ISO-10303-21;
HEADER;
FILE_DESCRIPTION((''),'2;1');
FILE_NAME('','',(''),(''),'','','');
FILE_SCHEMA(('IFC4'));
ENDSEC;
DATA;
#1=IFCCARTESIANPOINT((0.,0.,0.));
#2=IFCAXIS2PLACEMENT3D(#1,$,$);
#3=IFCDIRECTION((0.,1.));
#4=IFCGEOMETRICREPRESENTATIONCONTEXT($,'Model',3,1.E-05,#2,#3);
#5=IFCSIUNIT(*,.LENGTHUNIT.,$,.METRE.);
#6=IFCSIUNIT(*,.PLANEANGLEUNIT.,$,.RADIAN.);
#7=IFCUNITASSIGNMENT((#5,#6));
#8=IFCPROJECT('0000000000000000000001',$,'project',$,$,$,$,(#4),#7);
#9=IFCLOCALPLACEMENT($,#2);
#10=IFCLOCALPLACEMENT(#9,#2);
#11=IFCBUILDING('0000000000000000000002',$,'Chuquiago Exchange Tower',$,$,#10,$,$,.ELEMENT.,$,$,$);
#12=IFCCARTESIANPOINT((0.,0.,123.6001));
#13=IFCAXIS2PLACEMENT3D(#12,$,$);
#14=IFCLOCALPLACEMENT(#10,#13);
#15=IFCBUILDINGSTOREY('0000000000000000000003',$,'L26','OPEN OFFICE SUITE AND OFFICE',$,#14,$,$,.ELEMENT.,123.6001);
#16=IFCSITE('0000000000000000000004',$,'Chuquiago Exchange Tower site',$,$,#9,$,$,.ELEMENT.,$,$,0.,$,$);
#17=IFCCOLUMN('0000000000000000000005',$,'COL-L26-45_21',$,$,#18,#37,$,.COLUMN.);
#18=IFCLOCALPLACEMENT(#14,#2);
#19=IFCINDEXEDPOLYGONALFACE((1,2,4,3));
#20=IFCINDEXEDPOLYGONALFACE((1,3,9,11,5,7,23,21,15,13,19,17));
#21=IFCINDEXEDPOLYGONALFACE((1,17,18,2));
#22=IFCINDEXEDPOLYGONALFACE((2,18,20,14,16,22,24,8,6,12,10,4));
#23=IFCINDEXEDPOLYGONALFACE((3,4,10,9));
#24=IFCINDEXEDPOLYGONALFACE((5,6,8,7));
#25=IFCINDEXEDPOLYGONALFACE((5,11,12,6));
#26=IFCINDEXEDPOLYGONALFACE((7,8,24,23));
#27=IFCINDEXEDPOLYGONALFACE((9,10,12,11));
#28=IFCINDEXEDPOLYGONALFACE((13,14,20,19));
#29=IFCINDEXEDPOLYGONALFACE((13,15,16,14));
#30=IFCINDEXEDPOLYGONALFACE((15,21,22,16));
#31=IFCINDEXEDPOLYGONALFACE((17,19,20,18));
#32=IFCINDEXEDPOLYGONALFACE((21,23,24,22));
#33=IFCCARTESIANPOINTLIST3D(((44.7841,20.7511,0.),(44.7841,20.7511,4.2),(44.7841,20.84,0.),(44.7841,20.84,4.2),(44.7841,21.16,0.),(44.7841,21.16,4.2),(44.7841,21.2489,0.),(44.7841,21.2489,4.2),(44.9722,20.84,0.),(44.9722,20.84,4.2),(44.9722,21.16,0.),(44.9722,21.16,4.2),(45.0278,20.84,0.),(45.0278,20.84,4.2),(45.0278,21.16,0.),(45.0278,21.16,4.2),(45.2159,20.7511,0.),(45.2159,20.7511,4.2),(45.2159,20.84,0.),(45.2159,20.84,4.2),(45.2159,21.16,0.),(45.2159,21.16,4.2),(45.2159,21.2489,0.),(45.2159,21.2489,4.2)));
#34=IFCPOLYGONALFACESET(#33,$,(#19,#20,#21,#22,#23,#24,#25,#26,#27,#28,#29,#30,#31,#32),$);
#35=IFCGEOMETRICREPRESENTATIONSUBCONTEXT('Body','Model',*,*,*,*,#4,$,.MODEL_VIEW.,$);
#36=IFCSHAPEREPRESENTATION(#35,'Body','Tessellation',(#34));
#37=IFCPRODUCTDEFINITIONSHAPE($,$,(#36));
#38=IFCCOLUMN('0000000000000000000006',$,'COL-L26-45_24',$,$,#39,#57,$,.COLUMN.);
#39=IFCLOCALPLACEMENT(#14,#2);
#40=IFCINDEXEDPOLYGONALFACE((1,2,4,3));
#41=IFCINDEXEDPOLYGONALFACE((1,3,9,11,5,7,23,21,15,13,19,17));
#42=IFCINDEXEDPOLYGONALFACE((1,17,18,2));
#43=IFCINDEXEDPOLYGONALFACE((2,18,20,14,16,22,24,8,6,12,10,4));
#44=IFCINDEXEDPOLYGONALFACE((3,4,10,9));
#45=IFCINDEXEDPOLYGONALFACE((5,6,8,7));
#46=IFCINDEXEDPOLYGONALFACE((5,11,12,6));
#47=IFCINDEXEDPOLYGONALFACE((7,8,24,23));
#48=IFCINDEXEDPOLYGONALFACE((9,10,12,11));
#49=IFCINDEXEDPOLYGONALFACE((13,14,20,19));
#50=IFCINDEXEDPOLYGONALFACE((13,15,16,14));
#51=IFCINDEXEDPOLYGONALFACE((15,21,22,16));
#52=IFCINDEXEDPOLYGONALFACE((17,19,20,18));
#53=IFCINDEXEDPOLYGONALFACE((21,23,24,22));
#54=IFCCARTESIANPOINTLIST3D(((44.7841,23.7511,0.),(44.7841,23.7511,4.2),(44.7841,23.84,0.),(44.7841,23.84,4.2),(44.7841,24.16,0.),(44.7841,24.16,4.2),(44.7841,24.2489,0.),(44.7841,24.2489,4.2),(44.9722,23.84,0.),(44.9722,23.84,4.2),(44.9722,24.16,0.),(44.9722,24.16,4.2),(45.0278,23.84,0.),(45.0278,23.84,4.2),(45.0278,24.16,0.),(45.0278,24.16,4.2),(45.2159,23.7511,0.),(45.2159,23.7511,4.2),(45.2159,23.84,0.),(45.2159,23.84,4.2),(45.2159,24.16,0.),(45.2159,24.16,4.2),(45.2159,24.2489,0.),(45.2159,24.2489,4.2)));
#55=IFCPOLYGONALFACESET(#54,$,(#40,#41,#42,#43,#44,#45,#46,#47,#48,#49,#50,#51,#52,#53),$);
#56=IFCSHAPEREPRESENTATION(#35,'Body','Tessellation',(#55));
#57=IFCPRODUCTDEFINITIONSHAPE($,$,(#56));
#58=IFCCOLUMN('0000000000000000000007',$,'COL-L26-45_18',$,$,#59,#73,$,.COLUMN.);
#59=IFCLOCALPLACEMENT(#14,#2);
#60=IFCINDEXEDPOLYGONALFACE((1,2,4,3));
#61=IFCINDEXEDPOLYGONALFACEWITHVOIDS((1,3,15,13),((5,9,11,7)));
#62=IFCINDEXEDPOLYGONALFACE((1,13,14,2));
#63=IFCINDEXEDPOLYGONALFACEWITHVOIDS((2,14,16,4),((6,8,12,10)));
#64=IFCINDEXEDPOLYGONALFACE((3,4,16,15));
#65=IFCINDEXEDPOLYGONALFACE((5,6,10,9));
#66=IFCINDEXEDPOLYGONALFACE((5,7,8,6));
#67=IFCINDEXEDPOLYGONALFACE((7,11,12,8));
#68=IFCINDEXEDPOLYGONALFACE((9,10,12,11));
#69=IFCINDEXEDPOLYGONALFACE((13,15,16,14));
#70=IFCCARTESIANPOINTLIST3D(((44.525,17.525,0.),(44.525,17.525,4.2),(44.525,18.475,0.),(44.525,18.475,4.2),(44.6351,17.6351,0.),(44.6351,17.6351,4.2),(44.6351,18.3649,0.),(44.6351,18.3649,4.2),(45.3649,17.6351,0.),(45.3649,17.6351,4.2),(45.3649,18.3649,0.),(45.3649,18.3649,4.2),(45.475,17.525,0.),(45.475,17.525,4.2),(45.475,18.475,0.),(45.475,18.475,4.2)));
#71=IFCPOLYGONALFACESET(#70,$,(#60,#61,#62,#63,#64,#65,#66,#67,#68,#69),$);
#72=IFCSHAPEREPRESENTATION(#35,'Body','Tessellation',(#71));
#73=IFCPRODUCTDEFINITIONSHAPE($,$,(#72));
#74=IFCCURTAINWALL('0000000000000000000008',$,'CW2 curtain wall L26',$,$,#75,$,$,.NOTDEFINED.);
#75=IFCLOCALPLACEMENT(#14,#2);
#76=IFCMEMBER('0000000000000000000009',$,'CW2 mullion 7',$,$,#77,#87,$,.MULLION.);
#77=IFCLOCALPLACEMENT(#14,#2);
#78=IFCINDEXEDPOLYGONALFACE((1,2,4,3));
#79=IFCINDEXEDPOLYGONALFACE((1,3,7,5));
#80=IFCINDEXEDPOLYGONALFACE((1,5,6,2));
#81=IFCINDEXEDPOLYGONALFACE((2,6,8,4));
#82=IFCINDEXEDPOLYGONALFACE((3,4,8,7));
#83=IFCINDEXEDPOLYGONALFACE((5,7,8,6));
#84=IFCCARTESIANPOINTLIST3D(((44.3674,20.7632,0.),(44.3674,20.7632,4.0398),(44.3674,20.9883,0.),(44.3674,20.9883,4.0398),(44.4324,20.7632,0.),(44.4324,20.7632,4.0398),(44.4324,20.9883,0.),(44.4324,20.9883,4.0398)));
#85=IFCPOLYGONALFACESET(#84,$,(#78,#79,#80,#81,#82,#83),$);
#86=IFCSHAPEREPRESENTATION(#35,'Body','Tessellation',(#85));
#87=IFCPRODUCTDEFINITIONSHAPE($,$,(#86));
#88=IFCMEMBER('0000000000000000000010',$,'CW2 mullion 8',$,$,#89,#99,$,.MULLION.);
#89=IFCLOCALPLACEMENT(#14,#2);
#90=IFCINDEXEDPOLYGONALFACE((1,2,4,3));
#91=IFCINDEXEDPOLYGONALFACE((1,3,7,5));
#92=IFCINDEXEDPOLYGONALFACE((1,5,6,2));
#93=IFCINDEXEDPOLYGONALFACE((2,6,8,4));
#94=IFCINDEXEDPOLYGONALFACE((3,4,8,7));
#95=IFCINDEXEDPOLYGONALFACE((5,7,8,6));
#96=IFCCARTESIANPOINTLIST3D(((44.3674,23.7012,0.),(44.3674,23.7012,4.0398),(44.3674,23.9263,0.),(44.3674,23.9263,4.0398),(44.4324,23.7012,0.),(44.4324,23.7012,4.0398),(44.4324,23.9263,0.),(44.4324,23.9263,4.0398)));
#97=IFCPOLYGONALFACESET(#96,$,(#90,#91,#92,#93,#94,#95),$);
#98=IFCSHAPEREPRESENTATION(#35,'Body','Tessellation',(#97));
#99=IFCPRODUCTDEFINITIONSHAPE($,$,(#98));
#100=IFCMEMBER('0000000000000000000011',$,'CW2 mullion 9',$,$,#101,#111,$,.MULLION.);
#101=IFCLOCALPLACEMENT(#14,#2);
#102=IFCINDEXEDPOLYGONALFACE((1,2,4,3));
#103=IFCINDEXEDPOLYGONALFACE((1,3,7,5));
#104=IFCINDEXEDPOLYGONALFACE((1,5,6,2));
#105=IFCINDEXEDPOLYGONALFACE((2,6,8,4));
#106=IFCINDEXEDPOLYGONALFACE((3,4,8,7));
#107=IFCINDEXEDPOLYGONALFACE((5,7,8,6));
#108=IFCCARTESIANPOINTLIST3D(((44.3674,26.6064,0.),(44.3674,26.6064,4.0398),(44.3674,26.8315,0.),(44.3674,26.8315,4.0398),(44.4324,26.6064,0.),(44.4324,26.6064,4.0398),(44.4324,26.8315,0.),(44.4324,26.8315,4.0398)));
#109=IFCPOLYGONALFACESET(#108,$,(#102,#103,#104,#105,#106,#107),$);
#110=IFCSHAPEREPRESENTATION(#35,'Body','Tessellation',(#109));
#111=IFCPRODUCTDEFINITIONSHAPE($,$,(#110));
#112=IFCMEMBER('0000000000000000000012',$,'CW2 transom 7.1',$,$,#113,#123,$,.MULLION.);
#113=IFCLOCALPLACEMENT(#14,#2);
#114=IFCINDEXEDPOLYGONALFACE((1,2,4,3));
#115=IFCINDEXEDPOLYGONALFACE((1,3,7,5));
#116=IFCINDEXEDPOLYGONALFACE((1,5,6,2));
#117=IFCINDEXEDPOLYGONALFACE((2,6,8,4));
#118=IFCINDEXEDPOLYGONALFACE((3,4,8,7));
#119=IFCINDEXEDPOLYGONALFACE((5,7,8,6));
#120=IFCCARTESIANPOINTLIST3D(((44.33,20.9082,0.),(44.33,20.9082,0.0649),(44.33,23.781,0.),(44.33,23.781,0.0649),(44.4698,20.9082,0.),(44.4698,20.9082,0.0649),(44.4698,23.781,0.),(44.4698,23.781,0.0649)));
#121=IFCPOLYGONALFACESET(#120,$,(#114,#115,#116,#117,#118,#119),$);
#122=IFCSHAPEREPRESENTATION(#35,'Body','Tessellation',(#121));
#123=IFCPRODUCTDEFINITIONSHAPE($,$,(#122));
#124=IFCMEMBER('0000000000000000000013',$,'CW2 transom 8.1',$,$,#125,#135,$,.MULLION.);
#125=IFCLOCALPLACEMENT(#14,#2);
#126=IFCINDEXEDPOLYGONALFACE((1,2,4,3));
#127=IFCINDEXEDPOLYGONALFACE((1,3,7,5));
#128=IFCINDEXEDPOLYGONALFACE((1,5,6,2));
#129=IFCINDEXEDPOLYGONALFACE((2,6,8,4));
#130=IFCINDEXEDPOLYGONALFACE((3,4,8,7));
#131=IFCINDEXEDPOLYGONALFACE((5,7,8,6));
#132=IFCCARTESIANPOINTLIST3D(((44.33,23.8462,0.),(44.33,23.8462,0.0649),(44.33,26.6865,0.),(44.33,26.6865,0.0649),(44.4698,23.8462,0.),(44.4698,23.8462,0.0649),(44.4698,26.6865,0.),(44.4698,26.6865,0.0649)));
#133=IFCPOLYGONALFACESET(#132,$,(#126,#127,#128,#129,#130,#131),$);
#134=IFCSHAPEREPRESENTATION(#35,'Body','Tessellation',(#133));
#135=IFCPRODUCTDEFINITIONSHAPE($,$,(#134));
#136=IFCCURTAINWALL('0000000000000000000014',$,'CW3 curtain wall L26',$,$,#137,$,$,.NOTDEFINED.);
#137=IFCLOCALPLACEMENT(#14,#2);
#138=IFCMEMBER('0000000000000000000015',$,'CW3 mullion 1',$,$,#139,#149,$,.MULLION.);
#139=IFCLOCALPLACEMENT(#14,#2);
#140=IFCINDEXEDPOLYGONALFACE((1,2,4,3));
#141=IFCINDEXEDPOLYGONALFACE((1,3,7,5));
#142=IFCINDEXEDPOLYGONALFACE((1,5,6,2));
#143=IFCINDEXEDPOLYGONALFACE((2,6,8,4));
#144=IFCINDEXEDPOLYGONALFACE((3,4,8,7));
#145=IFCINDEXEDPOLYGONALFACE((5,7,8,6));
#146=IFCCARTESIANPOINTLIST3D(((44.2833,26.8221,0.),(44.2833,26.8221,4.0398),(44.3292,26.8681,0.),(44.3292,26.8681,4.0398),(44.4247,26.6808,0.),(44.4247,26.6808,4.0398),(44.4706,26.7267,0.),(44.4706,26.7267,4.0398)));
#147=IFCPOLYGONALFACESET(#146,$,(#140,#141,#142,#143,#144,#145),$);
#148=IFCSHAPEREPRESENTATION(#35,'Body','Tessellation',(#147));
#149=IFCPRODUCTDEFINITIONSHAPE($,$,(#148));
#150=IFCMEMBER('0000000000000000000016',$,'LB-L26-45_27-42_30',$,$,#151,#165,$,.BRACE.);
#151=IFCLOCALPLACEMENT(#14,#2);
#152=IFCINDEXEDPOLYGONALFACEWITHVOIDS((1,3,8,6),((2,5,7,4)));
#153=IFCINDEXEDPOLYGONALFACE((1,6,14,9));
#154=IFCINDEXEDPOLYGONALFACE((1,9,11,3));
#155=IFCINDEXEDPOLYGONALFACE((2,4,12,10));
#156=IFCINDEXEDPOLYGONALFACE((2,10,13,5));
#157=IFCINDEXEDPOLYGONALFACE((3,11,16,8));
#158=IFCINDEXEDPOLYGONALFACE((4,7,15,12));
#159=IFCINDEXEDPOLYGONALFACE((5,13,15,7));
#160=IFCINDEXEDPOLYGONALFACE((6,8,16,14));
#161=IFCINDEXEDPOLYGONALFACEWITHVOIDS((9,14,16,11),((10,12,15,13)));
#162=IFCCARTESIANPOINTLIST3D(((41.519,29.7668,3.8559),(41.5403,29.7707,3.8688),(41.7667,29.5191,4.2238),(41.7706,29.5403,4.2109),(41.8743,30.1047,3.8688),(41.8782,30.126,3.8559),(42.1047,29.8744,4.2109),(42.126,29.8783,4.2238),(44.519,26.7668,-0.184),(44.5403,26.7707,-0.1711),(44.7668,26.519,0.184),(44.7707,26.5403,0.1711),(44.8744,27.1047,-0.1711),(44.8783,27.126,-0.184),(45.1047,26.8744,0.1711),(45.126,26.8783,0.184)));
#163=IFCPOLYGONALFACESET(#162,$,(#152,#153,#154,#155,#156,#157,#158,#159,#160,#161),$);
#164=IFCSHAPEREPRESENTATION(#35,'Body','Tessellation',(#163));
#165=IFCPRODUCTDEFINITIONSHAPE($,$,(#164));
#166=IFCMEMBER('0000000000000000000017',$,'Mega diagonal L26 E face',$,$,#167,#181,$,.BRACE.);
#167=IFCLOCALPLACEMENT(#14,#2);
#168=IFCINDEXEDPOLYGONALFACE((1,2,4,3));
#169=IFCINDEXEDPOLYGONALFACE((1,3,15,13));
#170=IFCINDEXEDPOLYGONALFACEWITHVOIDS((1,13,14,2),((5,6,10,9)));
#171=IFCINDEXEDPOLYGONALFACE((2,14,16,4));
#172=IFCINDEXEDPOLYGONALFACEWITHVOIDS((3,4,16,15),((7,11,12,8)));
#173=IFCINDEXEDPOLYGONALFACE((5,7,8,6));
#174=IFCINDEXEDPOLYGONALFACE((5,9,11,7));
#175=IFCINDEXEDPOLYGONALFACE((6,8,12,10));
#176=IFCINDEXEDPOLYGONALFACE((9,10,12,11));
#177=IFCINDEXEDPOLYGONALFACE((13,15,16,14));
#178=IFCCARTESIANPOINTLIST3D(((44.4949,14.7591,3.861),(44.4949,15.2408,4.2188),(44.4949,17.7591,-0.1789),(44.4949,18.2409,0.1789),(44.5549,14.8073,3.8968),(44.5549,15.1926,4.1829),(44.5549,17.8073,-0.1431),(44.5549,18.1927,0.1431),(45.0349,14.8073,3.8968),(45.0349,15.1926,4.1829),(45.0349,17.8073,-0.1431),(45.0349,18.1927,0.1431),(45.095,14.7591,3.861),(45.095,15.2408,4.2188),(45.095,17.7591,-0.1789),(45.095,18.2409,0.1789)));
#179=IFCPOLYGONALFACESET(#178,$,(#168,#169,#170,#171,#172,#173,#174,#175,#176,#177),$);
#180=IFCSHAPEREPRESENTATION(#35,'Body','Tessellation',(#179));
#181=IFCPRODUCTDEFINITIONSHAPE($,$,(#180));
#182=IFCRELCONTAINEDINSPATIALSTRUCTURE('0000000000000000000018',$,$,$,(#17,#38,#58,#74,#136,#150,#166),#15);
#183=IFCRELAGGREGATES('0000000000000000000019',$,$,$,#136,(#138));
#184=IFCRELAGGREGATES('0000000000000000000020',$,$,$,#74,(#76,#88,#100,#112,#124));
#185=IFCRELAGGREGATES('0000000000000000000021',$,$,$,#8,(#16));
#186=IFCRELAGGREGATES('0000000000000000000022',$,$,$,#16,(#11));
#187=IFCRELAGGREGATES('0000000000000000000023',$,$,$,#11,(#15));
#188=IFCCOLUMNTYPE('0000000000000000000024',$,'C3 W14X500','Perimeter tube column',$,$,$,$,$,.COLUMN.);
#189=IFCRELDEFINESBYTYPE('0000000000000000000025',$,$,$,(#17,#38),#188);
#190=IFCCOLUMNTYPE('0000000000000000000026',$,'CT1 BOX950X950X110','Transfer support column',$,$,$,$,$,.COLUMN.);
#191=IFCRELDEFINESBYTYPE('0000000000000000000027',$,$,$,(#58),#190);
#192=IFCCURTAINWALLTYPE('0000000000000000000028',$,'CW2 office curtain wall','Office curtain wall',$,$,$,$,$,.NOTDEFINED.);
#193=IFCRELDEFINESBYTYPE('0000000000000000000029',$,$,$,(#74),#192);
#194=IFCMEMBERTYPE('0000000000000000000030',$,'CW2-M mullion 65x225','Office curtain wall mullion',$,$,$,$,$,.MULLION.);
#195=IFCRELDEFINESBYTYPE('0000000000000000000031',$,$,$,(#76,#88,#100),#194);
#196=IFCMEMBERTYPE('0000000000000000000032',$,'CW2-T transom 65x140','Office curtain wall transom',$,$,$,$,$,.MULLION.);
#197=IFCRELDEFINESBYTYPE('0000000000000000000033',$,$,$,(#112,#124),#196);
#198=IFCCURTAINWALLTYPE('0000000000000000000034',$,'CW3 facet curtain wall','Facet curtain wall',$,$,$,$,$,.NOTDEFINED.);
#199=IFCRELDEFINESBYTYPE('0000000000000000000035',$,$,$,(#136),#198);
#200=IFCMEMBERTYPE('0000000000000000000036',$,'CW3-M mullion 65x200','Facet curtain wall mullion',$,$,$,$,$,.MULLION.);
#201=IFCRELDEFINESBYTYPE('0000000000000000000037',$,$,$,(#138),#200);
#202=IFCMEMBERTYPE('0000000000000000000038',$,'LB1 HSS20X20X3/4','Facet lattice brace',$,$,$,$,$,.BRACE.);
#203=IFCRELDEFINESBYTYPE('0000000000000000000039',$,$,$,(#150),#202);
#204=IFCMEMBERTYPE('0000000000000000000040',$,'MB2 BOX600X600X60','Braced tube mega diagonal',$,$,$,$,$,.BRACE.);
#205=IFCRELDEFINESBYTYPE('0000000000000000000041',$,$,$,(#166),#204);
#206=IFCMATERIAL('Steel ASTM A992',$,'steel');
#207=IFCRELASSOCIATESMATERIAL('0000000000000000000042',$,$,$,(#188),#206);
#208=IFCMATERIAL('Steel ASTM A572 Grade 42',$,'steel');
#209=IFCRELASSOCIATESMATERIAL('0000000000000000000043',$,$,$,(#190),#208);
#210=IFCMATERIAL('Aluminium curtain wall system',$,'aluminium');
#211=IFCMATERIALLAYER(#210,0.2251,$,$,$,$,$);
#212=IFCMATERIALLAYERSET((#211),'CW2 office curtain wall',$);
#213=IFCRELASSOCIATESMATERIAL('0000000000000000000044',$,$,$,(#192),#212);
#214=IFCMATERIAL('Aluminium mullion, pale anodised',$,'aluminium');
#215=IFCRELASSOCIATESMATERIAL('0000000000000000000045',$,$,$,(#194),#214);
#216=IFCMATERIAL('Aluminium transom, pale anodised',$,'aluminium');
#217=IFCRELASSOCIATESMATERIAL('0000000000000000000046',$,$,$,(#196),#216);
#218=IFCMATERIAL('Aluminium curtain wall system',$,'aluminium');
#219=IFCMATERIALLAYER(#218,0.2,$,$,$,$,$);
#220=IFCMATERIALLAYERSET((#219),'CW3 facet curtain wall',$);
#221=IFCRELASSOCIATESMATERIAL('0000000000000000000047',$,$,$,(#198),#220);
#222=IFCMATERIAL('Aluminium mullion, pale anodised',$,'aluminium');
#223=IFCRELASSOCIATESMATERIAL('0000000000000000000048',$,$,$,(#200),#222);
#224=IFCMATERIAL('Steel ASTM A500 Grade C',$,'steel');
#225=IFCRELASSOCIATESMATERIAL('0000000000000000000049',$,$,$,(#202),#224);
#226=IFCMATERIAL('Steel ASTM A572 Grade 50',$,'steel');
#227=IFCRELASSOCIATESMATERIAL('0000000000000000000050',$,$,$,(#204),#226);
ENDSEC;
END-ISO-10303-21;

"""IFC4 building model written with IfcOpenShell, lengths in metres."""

from ifc_helpers import new_model, si_unit, direction, frame, origin, origin_2d, place, context, subcontext, project, spatial, rectangle, hollow_rectangle, i_section, extrude, material, layer, layer_set, material_profile, profile_set, type_object, element, aggregate, save


model = new_model("IFC4")

# Units and contexts
model_context = context("Model", 3, precision=1e-05, world=origin(), true_north=direction((0.0, 1.0)))
body_context = subcontext(model_context, "Body", "Model", "MODEL_VIEW")
ifc_project = project(units=[si_unit("LENGTHUNIT", "METRE"), si_unit("PLANEANGLEUNIT", "RADIAN")], contexts=[model_context])

# Site, building, storey
site_placement = place(None, origin())
site = spatial("IfcSite", under=ifc_project, at=site_placement, Name="Chuquiago Exchange Tower site", CompositionType="ELEMENT", RefElevation=0.0)
building_placement = place(site_placement, origin())
building = spatial("IfcBuilding", under=site, at=building_placement, Name="Chuquiago Exchange Tower", CompositionType="ELEMENT")
storey_placement = place(building_placement, frame((0.0, 0.0, 123.6001)))
storey = spatial("IfcBuildingStorey", under=building, at=storey_placement, Name="L26", Description="OPEN OFFICE SUITE AND OFFICE", CompositionType="ELEMENT", Elevation=123.6001)

# Columns
ifc_material_1 = material(Name="Steel ASTM A992", Category="steel")
ifc_material_profile_1 = material_profile(ifc_material_1, i_section(OverallWidth=0.4319, OverallDepth=0.4978, WebThickness=0.0557, FlangeThickness=0.0889, at=origin_2d()), Name="W14X500")
ifc_profile_set_1 = profile_set([ifc_material_profile_1], Name="Steel ASTM A992")
column_type_1 = type_object("IfcColumnType", Name="C3 W14X500", Description="Perimeter tube column", PredefinedType="COLUMN", material=ifc_profile_set_1)
for number, where, z_axis, x_axis, name in (
    (1, (45.0, 21.0, 0.0), (0.0, 0.0, 1.0), (1.0, 0.0, 0.0), "COL-L26-45_21"),
    (2, (45.0, 24.0, 0.0), (0.0, 0.0, 1.0), (1.0, 0.0, 0.0), "COL-L26-45_24"),
):
    element("IfcColumn", number, at=place(storey_placement, frame(where, z_axis=z_axis, x_axis=x_axis)), inside=storey, type_object=column_type_1, Name=name, PredefinedType="COLUMN", context=body_context, shape_type="SweptSolid", body=[
        extrude(i_section(OverallWidth=0.4319, OverallDepth=0.4978, WebThickness=0.0557, FlangeThickness=0.0889, at=origin_2d()), origin(), (0.0, 0.0, 1.0), 4.2),
    ])
ifc_material_2 = material(Name="Steel ASTM A572 Grade 42", Category="steel")
ifc_material_profile_2 = material_profile(ifc_material_2, hollow_rectangle(XDim=0.95, YDim=0.95, WallThickness=0.1101, at=origin_2d()), Name="BOX950X950X110")
ifc_profile_set_2 = profile_set([ifc_material_profile_2], Name="Steel ASTM A572 Grade 42")
column_type_2 = type_object("IfcColumnType", Name="CT1 BOX950X950X110", Description="Transfer support column", PredefinedType="COLUMN", material=ifc_profile_set_2)
column_placement = place(storey_placement, frame((45.0, 18.0, 0.0), z_axis=(0.0, 0.0, 1.0), x_axis=(1.0, 0.0, 0.0)))
element("IfcColumn", 3, at=column_placement, inside=storey, type_object=column_type_2, Name="COL-L26-45_18", PredefinedType="COLUMN", context=body_context, shape_type="SweptSolid", body=[
    extrude(hollow_rectangle(XDim=0.95, YDim=0.95, WallThickness=0.1101, at=origin_2d()), origin(), (0.0, 0.0, 1.0), 4.2),
])

# Curtain wall, members
ifc_material_3 = material(Name="Aluminium curtain wall system", Category="aluminium")
ifc_layer_1 = layer(ifc_material_3, 0.2251)
ifc_layer_set_1 = layer_set([ifc_layer_1], Name="CW2 office curtain wall")
curtain_wall_type_1 = type_object("IfcCurtainWallType", Name="CW2 office curtain wall", Description="Office curtain wall", PredefinedType="NOTDEFINED", material=ifc_layer_set_1)
curtain_wall_1_placement = place(storey_placement, origin())
curtain_wall_1 = element("IfcCurtainWall", 4, at=curtain_wall_1_placement, inside=storey, type_object=curtain_wall_type_1, Name="CW2 curtain wall L26", PredefinedType="NOTDEFINED")
ifc_material_4 = material(Name="Aluminium mullion, pale anodised", Category="aluminium")
ifc_material_profile_3 = material_profile(ifc_material_4, rectangle(XDim=0.0649, YDim=0.2251, at=origin_2d()), Name="AL 65x225")
ifc_profile_set_3 = profile_set([ifc_material_profile_3], Name="Aluminium mullion, pale anodised")
member_type_1 = type_object("IfcMemberType", Name="CW2-M mullion 65x225", Description="Office curtain wall mullion", PredefinedType="MULLION", material=ifc_profile_set_3)
member_1_placement = place(storey_placement, frame((44.3999, 20.8757, 0.0), z_axis=(0.0, 0.0, 1.0), x_axis=(-1.0, 0.0, 0.0)))
member_1 = element("IfcMember", 5, at=member_1_placement, type_object=member_type_1, Name="CW2 mullion 7", PredefinedType="MULLION", context=body_context, shape_type="SweptSolid", body=[
    extrude(rectangle(XDim=0.0649, YDim=0.2251, at=origin_2d()), origin(), (0.0, 0.0, 1.0), 4.0398),
])
member_2_placement = place(storey_placement, frame((44.3999, 23.8137, 0.0), z_axis=(0.0, 0.0, 1.0), x_axis=(-1.0, 0.0, 0.0)))
member_2 = element("IfcMember", 6, at=member_2_placement, type_object=member_type_1, Name="CW2 mullion 8", PredefinedType="MULLION", context=body_context, shape_type="SweptSolid", body=[
    extrude(rectangle(XDim=0.0649, YDim=0.2251, at=origin_2d()), origin(), (0.0, 0.0, 1.0), 4.0398),
])
member_3_placement = place(storey_placement, frame((44.3999, 26.719, 0.0), z_axis=(0.0, 0.0, 1.0), x_axis=(-1.0, 0.0, 0.0)))
member_3 = element("IfcMember", 7, at=member_3_placement, type_object=member_type_1, Name="CW2 mullion 9", PredefinedType="MULLION", context=body_context, shape_type="SweptSolid", body=[
    extrude(rectangle(XDim=0.0649, YDim=0.2251, at=origin_2d()), origin(), (0.0, 0.0, 1.0), 4.0398),
])
ifc_material_5 = material(Name="Aluminium transom, pale anodised", Category="aluminium")
ifc_material_profile_4 = material_profile(ifc_material_5, rectangle(XDim=0.1399, YDim=0.0649, at=origin_2d()), Name="AL 140x65")
ifc_profile_set_4 = profile_set([ifc_material_profile_4], Name="Aluminium transom, pale anodised")
member_type_2 = type_object("IfcMemberType", Name="CW2-T transom 65x140", Description="Office curtain wall transom", PredefinedType="MULLION", material=ifc_profile_set_4)
member_4_placement = place(storey_placement, frame((44.3999, 20.9082, 0.0325), z_axis=(0.0, 1.0, 0.0), x_axis=(-1.0, 0.0, 0.0)))
member_4 = element("IfcMember", 8, at=member_4_placement, type_object=member_type_2, Name="CW2 transom 7.1", PredefinedType="MULLION", context=body_context, shape_type="SweptSolid", body=[
    extrude(rectangle(XDim=0.1399, YDim=0.0649, at=origin_2d()), origin(), (0.0, 0.0, 1.0), 2.8728),
])
member_5_placement = place(storey_placement, frame((44.3999, 23.8462, 0.0325), z_axis=(0.0, 1.0, 0.0), x_axis=(-1.0, 0.0, 0.0)))
member_5 = element("IfcMember", 9, at=member_5_placement, type_object=member_type_2, Name="CW2 transom 8.1", PredefinedType="MULLION", context=body_context, shape_type="SweptSolid", body=[
    extrude(rectangle(XDim=0.1399, YDim=0.0649, at=origin_2d()), origin(), (0.0, 0.0, 1.0), 2.8403),
])

# Curtain wall, member
ifc_material_6 = material(Name="Aluminium curtain wall system", Category="aluminium")
ifc_layer_2 = layer(ifc_material_6, 0.2)
ifc_layer_set_2 = layer_set([ifc_layer_2], Name="CW3 facet curtain wall")
curtain_wall_type_2 = type_object("IfcCurtainWallType", Name="CW3 facet curtain wall", Description="Facet curtain wall", PredefinedType="NOTDEFINED", material=ifc_layer_set_2)
curtain_wall_2_placement = place(storey_placement, origin())
curtain_wall_2 = element("IfcCurtainWall", 10, at=curtain_wall_2_placement, inside=storey, type_object=curtain_wall_type_2, Name="CW3 curtain wall L26", PredefinedType="NOTDEFINED")
ifc_material_7 = material(Name="Aluminium mullion, pale anodised", Category="aluminium")
ifc_material_profile_5 = material_profile(ifc_material_7, rectangle(XDim=0.0649, YDim=0.2, at=origin_2d()), Name="AL 65x200")
ifc_profile_set_5 = profile_set([ifc_material_profile_5], Name="Aluminium mullion, pale anodised")
member_type_3 = type_object("IfcMemberType", Name="CW3-M mullion 65x200", Description="Facet curtain wall mullion", PredefinedType="MULLION", material=ifc_profile_set_5)
member_6_placement = place(storey_placement, frame((44.377, 26.7744, 0.0), z_axis=(0.0, 0.0, 1.0), x_axis=(-0.707107, -0.707107, 0.0)))
member_6 = element("IfcMember", 11, at=member_6_placement, type_object=member_type_3, Name="CW3 mullion 1", PredefinedType="MULLION", context=body_context, shape_type="SweptSolid", body=[
    extrude(rectangle(XDim=0.0649, YDim=0.2, at=origin_2d()), origin(), (0.0, 0.0, 1.0), 4.0398),
])
aggregate(curtain_wall_2, [member_6])

# Members
ifc_material_8 = material(Name="Steel ASTM A500 Grade C", Category="steel")
ifc_material_profile_6 = material_profile(ifc_material_8, hollow_rectangle(XDim=0.5081, YDim=0.5081, WallThickness=0.0178, at=origin_2d()), Name="HSS20X20X3/4")
ifc_profile_set_6 = profile_set([ifc_material_profile_6], Name="Steel ASTM A500 Grade C")
member_type_4 = type_object("IfcMemberType", Name="LB1 HSS20X20X3/4", Description="Facet lattice brace", PredefinedType="BRACE", material=ifc_profile_set_6)
member_7_placement = place(storey_placement, frame((44.8225, 26.8225, 0.0), z_axis=(-0.512092, 0.512092, 0.689582), x_axis=(-0.707107, -0.707107, 0.0)))
element("IfcMember", 12, at=member_7_placement, inside=storey, type_object=member_type_4, Name="LB-L26-45_27-42_30", PredefinedType="BRACE", context=body_context, shape_type="SweptSolid", body=[
    extrude(hollow_rectangle(XDim=0.5081, YDim=0.5081, WallThickness=0.0178, at=origin_2d()), origin(), (0.0, 0.0, 1.0), 5.8584),
])
ifc_material_9 = material(Name="Steel ASTM A572 Grade 50", Category="steel")
ifc_material_profile_7 = material_profile(ifc_material_9, hollow_rectangle(XDim=0.6001, YDim=0.6001, WallThickness=0.0601, at=origin_2d()), Name="BOX600X600X60")
ifc_profile_set_7 = profile_set([ifc_material_profile_7], Name="Steel ASTM A572 Grade 50")
member_type_5 = type_object("IfcMemberType", Name="MB2 BOX600X600X60", Description="Braced tube mega diagonal", PredefinedType="BRACE", material=ifc_profile_set_7)
for number, where, z_axis, x_axis, name in (
    (13, (44.7949, 18.0, 0.0), (0.0, -0.596197, 0.802838), (1.0, 0.0, 0.0), "Mega diagonal L26 E face"),
):
    element("IfcMember", number, at=place(storey_placement, frame(where, z_axis=z_axis, x_axis=x_axis)), inside=storey, type_object=member_type_5, Name=name, PredefinedType="BRACE", context=body_context, shape_type="SweptSolid", body=[
        extrude(hollow_rectangle(XDim=0.6001, YDim=0.6001, WallThickness=0.0601, at=origin_2d()), origin(), (0.0, 0.0, 1.0), 5.032),
    ])

aggregate(curtain_wall_1, [member_1, member_2, member_3, member_4, member_5])

save(model, "model.ifc")
